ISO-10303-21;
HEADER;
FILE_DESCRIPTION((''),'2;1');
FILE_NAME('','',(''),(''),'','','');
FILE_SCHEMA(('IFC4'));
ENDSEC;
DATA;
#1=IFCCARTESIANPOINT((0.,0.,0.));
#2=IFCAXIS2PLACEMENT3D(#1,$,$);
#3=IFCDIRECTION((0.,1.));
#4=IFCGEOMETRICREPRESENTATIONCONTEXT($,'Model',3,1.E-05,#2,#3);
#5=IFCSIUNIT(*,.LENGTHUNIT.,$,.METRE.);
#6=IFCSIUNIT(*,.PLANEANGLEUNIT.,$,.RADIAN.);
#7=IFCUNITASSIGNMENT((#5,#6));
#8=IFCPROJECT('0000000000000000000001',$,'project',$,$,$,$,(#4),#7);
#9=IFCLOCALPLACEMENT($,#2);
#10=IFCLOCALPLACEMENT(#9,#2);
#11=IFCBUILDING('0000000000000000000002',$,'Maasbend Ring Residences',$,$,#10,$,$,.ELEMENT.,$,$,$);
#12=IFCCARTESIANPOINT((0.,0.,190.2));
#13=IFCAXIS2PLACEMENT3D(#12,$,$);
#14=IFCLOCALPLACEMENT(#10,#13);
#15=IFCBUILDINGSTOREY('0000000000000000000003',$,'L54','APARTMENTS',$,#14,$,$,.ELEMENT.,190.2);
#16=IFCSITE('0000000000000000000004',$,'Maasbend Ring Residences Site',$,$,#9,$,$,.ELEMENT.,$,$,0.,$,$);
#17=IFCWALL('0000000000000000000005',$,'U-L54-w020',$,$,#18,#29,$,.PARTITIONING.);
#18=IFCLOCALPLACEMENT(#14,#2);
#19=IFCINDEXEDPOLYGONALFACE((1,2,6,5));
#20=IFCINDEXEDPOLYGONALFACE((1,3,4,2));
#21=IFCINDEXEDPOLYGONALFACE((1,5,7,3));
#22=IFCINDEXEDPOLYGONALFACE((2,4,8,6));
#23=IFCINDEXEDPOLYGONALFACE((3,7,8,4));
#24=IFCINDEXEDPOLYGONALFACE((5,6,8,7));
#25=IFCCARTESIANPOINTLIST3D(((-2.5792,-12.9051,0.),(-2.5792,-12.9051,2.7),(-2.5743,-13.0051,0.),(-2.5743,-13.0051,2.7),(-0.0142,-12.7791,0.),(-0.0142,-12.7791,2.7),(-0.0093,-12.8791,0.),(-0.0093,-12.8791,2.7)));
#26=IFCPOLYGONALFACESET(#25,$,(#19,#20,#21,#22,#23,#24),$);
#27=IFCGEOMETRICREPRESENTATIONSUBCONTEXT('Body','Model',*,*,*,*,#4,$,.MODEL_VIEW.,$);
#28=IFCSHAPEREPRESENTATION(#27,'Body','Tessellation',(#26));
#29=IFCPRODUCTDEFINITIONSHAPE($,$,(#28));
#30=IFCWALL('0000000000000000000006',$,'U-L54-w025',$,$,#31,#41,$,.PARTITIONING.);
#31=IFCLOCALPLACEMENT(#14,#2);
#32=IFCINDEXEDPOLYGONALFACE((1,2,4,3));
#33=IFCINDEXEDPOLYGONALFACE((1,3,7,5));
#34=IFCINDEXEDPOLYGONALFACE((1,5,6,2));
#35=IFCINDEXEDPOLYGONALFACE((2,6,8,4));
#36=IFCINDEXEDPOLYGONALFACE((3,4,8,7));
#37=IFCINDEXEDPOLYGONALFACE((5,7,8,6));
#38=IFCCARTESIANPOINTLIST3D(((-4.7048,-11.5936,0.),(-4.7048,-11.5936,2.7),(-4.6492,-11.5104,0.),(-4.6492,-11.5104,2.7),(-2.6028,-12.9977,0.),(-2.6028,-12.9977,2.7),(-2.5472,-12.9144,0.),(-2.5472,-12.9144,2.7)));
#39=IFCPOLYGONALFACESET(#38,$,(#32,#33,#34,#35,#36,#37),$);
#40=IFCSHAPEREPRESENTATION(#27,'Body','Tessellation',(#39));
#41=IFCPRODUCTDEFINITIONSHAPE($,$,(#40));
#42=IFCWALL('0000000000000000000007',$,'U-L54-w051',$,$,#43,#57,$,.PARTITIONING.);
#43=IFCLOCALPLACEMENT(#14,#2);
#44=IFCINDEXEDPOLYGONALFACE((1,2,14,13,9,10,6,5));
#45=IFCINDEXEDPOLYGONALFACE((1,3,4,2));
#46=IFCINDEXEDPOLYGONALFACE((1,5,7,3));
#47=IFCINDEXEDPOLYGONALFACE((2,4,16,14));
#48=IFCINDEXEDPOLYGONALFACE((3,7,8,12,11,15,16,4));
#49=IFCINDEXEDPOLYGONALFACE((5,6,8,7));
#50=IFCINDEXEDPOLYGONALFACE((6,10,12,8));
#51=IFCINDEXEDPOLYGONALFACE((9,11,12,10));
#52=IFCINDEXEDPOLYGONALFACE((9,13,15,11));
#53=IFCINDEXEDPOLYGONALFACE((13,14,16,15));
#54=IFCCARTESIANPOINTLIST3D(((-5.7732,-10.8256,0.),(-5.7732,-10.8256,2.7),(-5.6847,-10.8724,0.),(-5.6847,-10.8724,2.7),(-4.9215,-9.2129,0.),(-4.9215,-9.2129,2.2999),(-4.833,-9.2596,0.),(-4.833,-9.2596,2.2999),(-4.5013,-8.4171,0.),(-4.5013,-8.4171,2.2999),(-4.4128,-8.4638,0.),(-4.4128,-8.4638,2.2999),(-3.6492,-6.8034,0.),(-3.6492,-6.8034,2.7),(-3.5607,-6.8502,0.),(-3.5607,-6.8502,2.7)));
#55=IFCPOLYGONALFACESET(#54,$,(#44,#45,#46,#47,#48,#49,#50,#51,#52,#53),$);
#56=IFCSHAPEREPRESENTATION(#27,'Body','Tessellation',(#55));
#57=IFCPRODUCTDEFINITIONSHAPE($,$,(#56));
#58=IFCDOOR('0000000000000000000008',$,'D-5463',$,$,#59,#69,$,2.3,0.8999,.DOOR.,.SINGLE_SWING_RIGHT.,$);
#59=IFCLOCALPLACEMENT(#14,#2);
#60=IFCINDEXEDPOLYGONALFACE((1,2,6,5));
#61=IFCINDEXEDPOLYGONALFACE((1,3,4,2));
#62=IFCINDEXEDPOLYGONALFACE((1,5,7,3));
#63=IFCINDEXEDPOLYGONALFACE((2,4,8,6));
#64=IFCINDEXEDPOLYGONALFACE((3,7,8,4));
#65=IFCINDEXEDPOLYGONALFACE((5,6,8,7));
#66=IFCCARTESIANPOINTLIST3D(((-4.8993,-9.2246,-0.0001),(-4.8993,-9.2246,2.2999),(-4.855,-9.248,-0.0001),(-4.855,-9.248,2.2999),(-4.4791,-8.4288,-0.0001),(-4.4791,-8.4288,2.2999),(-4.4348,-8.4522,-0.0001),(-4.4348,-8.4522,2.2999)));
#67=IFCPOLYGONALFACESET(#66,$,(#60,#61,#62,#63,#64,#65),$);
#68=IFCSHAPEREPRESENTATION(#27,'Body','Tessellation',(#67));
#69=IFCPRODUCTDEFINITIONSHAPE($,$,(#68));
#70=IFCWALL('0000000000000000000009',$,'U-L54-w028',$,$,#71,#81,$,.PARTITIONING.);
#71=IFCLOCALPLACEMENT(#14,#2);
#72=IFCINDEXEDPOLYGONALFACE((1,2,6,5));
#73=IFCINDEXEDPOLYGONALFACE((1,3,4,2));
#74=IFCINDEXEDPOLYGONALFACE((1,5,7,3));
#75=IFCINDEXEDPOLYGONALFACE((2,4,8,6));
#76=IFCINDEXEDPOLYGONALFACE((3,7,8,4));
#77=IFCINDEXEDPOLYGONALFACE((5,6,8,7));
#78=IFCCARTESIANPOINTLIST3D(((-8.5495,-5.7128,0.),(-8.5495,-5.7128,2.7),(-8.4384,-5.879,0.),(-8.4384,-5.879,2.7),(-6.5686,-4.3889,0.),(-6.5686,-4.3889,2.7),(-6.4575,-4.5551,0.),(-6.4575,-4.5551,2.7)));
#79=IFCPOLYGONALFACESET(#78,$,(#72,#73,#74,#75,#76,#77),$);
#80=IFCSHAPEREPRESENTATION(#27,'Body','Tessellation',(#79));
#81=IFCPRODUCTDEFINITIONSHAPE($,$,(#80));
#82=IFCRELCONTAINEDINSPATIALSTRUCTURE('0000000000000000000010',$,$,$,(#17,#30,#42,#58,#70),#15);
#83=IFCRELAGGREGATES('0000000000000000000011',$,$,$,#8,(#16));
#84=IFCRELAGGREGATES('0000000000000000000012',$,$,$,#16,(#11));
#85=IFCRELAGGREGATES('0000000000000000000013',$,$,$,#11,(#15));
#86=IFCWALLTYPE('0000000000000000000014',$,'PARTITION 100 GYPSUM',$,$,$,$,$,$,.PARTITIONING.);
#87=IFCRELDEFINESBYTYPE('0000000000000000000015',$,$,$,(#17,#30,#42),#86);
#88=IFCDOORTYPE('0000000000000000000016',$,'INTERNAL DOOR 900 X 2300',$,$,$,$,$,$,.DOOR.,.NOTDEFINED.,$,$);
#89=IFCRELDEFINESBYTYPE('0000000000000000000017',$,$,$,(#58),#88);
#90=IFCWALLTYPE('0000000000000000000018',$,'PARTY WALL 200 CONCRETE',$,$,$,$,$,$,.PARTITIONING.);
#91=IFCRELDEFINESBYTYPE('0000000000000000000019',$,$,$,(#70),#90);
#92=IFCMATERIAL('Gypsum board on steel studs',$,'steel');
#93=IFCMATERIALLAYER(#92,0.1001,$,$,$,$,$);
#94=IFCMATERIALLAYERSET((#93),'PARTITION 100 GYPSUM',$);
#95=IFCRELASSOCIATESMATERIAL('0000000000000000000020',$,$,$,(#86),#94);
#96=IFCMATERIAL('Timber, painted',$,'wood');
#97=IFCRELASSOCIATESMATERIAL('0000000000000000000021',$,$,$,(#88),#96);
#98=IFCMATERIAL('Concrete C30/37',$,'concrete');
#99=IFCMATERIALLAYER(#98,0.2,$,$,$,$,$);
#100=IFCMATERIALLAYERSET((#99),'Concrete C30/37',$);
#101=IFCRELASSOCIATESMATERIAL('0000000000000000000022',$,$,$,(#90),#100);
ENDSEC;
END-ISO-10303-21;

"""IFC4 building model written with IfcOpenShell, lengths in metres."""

from ifc_helpers import new_model, si_unit, direction, frame, frame_2d, origin, place, context, subcontext, project, spatial, rectangle, extrude, material, layer, layer_set, type_object, element, fill, save


model = new_model("IFC4")

# Units and contexts
model_context = context("Model", 3, precision=1e-05, world=origin(), true_north=direction((0.0, 1.0)))
body_context = subcontext(model_context, "Body", "Model", "MODEL_VIEW")
ifc_project = project(units=[si_unit("LENGTHUNIT", "METRE"), si_unit("PLANEANGLEUNIT", "RADIAN")], contexts=[model_context])

# Site, building, storey
site_placement = place(None, origin())
site = spatial("IfcSite", under=ifc_project, at=site_placement, Name="Maasbend Ring Residences Site", CompositionType="ELEMENT", RefElevation=0.0)
building_placement = place(site_placement, origin())
building = spatial("IfcBuilding", under=site, at=building_placement, Name="Maasbend Ring Residences", CompositionType="ELEMENT")
storey_placement = place(building_placement, frame((0.0, 0.0, 190.2)))
storey = spatial("IfcBuildingStorey", under=building, at=storey_placement, Name="L54", Description="APARTMENTS", CompositionType="ELEMENT", Elevation=190.2)

# Walls
ifc_material_1 = material(Name="Gypsum board on steel studs", Category="steel")
ifc_layer_1 = layer(ifc_material_1, 0.1001)
ifc_layer_set_1 = layer_set([ifc_layer_1], Name="PARTITION 100 GYPSUM")
wall_type_1 = type_object("IfcWallType", Name="PARTITION 100 GYPSUM", PredefinedType="PARTITIONING", material=ifc_layer_set_1)
wall_1_placement = place(storey_placement, frame((-2.5769, -12.9551, 0.0), z_axis=(0.0, 0.0, 1.0), x_axis=(0.998796, 0.049056, 0.0)))
element("IfcWall", 1, at=wall_1_placement, inside=storey, type_object=wall_type_1, Name="U-L54-w020", PredefinedType="PARTITIONING", context=body_context, shape_type="SweptSolid", body=[
    extrude(rectangle(XDim=2.5681, YDim=0.1001, at=frame_2d((1.2842, 0.0))), origin(), (0.0, 0.0, 1.0), 2.7),
])
wall_2_placement = place(storey_placement, frame((-4.677, -11.552, 0.0), z_axis=(0.0, 0.0, 1.0), x_axis=(0.83156, -0.555435, 0.0)))
element("IfcWall", 2, at=wall_2_placement, inside=storey, type_object=wall_type_1, Name="U-L54-w025", PredefinedType="PARTITIONING", context=body_context, shape_type="SweptSolid", body=[
    extrude(rectangle(XDim=2.5278, YDim=0.1001, at=frame_2d((1.2639, 0.0))), origin(), (0.0, 0.0, 1.0), 2.7),
])

# Wall, opening, door
wall_3_placement = place(storey_placement, frame((-5.729, -10.8491, 0.0), z_axis=(0.0, 0.0, 1.0), x_axis=(0.466963, 0.884277, 0.0)))
wall_3 = element("IfcWall", 3, at=wall_3_placement, inside=storey, type_object=wall_type_1, Name="U-L54-w051", PredefinedType="PARTITIONING", context=body_context, shape_type="SweptSolid", body=[
    extrude(rectangle(XDim=4.5486, YDim=0.1001, at=frame_2d((2.2744, 0.0))), origin(), (0.0, 0.0, 1.0), 2.7),
])
opening_placement = place(wall_3_placement, frame((1.824, 0.0, 0.0)))
opening = element("IfcOpeningElement", 4, at=opening_placement, cuts=wall_3, PredefinedType="OPENING", context=body_context, shape_type="SweptSolid", body=[
    extrude(rectangle(XDim=0.8999, YDim=2.3, at=frame_2d((0.45, 1.1499))), frame((0.0, 0.0601, 0.0), z_axis=(0.0, -1.0, 0.0), x_axis=(1.0, 0.0, 0.0)), (0.0, 0.0, 1.0), 0.1201),
])
ifc_material_2 = material(Name="Timber, painted", Category="wood")
door_type = type_object("IfcDoorType", Name="INTERNAL DOOR 900 X 2300", OperationType="NOTDEFINED", PredefinedType="DOOR", material=ifc_material_2)
door_placement = place(opening_placement, origin())
door = element("IfcDoor", 5, at=door_placement, inside=storey, type_object=door_type, Name="D-5463", OperationType="SINGLE_SWING_RIGHT", OverallHeight=2.3, OverallWidth=0.8999, PredefinedType="DOOR", context=body_context, shape_type="SweptSolid", body=[
    extrude(rectangle(XDim=0.8999, YDim=2.3, at=frame_2d((0.45, 1.1499))), frame((0.0, 0.0249, 0.0), z_axis=(0.0, -1.0, 0.0), x_axis=(1.0, 0.0, 0.0)), (0.0, 0.0, 1.0), 0.05),
])
fill(opening, door)

# Wall
ifc_material_3 = material(Name="Concrete C30/37", Category="concrete")
ifc_layer_2 = layer(ifc_material_3, 0.2)
ifc_layer_set_2 = layer_set([ifc_layer_2], Name="Concrete C30/37")
wall_type_2 = type_object("IfcWallType", Name="PARTY WALL 200 CONCRETE", PredefinedType="PARTITIONING", material=ifc_layer_set_2)
wall_4_placement = place(storey_placement, frame((-6.5129, -4.4719, 0.0), z_axis=(0.0, 0.0, 1.0), x_axis=(-0.831403, -0.555669, 0.0)))
element("IfcWall", 6, at=wall_4_placement, inside=storey, type_object=wall_type_2, Name="U-L54-w028", PredefinedType="PARTITIONING", context=body_context, shape_type="SweptSolid", body=[
    extrude(rectangle(XDim=2.3826, YDim=0.2, at=frame_2d((1.1914, 0.0))), origin(), (0.0, 0.0, 1.0), 2.7),
])

save(model, "model.ifc")
